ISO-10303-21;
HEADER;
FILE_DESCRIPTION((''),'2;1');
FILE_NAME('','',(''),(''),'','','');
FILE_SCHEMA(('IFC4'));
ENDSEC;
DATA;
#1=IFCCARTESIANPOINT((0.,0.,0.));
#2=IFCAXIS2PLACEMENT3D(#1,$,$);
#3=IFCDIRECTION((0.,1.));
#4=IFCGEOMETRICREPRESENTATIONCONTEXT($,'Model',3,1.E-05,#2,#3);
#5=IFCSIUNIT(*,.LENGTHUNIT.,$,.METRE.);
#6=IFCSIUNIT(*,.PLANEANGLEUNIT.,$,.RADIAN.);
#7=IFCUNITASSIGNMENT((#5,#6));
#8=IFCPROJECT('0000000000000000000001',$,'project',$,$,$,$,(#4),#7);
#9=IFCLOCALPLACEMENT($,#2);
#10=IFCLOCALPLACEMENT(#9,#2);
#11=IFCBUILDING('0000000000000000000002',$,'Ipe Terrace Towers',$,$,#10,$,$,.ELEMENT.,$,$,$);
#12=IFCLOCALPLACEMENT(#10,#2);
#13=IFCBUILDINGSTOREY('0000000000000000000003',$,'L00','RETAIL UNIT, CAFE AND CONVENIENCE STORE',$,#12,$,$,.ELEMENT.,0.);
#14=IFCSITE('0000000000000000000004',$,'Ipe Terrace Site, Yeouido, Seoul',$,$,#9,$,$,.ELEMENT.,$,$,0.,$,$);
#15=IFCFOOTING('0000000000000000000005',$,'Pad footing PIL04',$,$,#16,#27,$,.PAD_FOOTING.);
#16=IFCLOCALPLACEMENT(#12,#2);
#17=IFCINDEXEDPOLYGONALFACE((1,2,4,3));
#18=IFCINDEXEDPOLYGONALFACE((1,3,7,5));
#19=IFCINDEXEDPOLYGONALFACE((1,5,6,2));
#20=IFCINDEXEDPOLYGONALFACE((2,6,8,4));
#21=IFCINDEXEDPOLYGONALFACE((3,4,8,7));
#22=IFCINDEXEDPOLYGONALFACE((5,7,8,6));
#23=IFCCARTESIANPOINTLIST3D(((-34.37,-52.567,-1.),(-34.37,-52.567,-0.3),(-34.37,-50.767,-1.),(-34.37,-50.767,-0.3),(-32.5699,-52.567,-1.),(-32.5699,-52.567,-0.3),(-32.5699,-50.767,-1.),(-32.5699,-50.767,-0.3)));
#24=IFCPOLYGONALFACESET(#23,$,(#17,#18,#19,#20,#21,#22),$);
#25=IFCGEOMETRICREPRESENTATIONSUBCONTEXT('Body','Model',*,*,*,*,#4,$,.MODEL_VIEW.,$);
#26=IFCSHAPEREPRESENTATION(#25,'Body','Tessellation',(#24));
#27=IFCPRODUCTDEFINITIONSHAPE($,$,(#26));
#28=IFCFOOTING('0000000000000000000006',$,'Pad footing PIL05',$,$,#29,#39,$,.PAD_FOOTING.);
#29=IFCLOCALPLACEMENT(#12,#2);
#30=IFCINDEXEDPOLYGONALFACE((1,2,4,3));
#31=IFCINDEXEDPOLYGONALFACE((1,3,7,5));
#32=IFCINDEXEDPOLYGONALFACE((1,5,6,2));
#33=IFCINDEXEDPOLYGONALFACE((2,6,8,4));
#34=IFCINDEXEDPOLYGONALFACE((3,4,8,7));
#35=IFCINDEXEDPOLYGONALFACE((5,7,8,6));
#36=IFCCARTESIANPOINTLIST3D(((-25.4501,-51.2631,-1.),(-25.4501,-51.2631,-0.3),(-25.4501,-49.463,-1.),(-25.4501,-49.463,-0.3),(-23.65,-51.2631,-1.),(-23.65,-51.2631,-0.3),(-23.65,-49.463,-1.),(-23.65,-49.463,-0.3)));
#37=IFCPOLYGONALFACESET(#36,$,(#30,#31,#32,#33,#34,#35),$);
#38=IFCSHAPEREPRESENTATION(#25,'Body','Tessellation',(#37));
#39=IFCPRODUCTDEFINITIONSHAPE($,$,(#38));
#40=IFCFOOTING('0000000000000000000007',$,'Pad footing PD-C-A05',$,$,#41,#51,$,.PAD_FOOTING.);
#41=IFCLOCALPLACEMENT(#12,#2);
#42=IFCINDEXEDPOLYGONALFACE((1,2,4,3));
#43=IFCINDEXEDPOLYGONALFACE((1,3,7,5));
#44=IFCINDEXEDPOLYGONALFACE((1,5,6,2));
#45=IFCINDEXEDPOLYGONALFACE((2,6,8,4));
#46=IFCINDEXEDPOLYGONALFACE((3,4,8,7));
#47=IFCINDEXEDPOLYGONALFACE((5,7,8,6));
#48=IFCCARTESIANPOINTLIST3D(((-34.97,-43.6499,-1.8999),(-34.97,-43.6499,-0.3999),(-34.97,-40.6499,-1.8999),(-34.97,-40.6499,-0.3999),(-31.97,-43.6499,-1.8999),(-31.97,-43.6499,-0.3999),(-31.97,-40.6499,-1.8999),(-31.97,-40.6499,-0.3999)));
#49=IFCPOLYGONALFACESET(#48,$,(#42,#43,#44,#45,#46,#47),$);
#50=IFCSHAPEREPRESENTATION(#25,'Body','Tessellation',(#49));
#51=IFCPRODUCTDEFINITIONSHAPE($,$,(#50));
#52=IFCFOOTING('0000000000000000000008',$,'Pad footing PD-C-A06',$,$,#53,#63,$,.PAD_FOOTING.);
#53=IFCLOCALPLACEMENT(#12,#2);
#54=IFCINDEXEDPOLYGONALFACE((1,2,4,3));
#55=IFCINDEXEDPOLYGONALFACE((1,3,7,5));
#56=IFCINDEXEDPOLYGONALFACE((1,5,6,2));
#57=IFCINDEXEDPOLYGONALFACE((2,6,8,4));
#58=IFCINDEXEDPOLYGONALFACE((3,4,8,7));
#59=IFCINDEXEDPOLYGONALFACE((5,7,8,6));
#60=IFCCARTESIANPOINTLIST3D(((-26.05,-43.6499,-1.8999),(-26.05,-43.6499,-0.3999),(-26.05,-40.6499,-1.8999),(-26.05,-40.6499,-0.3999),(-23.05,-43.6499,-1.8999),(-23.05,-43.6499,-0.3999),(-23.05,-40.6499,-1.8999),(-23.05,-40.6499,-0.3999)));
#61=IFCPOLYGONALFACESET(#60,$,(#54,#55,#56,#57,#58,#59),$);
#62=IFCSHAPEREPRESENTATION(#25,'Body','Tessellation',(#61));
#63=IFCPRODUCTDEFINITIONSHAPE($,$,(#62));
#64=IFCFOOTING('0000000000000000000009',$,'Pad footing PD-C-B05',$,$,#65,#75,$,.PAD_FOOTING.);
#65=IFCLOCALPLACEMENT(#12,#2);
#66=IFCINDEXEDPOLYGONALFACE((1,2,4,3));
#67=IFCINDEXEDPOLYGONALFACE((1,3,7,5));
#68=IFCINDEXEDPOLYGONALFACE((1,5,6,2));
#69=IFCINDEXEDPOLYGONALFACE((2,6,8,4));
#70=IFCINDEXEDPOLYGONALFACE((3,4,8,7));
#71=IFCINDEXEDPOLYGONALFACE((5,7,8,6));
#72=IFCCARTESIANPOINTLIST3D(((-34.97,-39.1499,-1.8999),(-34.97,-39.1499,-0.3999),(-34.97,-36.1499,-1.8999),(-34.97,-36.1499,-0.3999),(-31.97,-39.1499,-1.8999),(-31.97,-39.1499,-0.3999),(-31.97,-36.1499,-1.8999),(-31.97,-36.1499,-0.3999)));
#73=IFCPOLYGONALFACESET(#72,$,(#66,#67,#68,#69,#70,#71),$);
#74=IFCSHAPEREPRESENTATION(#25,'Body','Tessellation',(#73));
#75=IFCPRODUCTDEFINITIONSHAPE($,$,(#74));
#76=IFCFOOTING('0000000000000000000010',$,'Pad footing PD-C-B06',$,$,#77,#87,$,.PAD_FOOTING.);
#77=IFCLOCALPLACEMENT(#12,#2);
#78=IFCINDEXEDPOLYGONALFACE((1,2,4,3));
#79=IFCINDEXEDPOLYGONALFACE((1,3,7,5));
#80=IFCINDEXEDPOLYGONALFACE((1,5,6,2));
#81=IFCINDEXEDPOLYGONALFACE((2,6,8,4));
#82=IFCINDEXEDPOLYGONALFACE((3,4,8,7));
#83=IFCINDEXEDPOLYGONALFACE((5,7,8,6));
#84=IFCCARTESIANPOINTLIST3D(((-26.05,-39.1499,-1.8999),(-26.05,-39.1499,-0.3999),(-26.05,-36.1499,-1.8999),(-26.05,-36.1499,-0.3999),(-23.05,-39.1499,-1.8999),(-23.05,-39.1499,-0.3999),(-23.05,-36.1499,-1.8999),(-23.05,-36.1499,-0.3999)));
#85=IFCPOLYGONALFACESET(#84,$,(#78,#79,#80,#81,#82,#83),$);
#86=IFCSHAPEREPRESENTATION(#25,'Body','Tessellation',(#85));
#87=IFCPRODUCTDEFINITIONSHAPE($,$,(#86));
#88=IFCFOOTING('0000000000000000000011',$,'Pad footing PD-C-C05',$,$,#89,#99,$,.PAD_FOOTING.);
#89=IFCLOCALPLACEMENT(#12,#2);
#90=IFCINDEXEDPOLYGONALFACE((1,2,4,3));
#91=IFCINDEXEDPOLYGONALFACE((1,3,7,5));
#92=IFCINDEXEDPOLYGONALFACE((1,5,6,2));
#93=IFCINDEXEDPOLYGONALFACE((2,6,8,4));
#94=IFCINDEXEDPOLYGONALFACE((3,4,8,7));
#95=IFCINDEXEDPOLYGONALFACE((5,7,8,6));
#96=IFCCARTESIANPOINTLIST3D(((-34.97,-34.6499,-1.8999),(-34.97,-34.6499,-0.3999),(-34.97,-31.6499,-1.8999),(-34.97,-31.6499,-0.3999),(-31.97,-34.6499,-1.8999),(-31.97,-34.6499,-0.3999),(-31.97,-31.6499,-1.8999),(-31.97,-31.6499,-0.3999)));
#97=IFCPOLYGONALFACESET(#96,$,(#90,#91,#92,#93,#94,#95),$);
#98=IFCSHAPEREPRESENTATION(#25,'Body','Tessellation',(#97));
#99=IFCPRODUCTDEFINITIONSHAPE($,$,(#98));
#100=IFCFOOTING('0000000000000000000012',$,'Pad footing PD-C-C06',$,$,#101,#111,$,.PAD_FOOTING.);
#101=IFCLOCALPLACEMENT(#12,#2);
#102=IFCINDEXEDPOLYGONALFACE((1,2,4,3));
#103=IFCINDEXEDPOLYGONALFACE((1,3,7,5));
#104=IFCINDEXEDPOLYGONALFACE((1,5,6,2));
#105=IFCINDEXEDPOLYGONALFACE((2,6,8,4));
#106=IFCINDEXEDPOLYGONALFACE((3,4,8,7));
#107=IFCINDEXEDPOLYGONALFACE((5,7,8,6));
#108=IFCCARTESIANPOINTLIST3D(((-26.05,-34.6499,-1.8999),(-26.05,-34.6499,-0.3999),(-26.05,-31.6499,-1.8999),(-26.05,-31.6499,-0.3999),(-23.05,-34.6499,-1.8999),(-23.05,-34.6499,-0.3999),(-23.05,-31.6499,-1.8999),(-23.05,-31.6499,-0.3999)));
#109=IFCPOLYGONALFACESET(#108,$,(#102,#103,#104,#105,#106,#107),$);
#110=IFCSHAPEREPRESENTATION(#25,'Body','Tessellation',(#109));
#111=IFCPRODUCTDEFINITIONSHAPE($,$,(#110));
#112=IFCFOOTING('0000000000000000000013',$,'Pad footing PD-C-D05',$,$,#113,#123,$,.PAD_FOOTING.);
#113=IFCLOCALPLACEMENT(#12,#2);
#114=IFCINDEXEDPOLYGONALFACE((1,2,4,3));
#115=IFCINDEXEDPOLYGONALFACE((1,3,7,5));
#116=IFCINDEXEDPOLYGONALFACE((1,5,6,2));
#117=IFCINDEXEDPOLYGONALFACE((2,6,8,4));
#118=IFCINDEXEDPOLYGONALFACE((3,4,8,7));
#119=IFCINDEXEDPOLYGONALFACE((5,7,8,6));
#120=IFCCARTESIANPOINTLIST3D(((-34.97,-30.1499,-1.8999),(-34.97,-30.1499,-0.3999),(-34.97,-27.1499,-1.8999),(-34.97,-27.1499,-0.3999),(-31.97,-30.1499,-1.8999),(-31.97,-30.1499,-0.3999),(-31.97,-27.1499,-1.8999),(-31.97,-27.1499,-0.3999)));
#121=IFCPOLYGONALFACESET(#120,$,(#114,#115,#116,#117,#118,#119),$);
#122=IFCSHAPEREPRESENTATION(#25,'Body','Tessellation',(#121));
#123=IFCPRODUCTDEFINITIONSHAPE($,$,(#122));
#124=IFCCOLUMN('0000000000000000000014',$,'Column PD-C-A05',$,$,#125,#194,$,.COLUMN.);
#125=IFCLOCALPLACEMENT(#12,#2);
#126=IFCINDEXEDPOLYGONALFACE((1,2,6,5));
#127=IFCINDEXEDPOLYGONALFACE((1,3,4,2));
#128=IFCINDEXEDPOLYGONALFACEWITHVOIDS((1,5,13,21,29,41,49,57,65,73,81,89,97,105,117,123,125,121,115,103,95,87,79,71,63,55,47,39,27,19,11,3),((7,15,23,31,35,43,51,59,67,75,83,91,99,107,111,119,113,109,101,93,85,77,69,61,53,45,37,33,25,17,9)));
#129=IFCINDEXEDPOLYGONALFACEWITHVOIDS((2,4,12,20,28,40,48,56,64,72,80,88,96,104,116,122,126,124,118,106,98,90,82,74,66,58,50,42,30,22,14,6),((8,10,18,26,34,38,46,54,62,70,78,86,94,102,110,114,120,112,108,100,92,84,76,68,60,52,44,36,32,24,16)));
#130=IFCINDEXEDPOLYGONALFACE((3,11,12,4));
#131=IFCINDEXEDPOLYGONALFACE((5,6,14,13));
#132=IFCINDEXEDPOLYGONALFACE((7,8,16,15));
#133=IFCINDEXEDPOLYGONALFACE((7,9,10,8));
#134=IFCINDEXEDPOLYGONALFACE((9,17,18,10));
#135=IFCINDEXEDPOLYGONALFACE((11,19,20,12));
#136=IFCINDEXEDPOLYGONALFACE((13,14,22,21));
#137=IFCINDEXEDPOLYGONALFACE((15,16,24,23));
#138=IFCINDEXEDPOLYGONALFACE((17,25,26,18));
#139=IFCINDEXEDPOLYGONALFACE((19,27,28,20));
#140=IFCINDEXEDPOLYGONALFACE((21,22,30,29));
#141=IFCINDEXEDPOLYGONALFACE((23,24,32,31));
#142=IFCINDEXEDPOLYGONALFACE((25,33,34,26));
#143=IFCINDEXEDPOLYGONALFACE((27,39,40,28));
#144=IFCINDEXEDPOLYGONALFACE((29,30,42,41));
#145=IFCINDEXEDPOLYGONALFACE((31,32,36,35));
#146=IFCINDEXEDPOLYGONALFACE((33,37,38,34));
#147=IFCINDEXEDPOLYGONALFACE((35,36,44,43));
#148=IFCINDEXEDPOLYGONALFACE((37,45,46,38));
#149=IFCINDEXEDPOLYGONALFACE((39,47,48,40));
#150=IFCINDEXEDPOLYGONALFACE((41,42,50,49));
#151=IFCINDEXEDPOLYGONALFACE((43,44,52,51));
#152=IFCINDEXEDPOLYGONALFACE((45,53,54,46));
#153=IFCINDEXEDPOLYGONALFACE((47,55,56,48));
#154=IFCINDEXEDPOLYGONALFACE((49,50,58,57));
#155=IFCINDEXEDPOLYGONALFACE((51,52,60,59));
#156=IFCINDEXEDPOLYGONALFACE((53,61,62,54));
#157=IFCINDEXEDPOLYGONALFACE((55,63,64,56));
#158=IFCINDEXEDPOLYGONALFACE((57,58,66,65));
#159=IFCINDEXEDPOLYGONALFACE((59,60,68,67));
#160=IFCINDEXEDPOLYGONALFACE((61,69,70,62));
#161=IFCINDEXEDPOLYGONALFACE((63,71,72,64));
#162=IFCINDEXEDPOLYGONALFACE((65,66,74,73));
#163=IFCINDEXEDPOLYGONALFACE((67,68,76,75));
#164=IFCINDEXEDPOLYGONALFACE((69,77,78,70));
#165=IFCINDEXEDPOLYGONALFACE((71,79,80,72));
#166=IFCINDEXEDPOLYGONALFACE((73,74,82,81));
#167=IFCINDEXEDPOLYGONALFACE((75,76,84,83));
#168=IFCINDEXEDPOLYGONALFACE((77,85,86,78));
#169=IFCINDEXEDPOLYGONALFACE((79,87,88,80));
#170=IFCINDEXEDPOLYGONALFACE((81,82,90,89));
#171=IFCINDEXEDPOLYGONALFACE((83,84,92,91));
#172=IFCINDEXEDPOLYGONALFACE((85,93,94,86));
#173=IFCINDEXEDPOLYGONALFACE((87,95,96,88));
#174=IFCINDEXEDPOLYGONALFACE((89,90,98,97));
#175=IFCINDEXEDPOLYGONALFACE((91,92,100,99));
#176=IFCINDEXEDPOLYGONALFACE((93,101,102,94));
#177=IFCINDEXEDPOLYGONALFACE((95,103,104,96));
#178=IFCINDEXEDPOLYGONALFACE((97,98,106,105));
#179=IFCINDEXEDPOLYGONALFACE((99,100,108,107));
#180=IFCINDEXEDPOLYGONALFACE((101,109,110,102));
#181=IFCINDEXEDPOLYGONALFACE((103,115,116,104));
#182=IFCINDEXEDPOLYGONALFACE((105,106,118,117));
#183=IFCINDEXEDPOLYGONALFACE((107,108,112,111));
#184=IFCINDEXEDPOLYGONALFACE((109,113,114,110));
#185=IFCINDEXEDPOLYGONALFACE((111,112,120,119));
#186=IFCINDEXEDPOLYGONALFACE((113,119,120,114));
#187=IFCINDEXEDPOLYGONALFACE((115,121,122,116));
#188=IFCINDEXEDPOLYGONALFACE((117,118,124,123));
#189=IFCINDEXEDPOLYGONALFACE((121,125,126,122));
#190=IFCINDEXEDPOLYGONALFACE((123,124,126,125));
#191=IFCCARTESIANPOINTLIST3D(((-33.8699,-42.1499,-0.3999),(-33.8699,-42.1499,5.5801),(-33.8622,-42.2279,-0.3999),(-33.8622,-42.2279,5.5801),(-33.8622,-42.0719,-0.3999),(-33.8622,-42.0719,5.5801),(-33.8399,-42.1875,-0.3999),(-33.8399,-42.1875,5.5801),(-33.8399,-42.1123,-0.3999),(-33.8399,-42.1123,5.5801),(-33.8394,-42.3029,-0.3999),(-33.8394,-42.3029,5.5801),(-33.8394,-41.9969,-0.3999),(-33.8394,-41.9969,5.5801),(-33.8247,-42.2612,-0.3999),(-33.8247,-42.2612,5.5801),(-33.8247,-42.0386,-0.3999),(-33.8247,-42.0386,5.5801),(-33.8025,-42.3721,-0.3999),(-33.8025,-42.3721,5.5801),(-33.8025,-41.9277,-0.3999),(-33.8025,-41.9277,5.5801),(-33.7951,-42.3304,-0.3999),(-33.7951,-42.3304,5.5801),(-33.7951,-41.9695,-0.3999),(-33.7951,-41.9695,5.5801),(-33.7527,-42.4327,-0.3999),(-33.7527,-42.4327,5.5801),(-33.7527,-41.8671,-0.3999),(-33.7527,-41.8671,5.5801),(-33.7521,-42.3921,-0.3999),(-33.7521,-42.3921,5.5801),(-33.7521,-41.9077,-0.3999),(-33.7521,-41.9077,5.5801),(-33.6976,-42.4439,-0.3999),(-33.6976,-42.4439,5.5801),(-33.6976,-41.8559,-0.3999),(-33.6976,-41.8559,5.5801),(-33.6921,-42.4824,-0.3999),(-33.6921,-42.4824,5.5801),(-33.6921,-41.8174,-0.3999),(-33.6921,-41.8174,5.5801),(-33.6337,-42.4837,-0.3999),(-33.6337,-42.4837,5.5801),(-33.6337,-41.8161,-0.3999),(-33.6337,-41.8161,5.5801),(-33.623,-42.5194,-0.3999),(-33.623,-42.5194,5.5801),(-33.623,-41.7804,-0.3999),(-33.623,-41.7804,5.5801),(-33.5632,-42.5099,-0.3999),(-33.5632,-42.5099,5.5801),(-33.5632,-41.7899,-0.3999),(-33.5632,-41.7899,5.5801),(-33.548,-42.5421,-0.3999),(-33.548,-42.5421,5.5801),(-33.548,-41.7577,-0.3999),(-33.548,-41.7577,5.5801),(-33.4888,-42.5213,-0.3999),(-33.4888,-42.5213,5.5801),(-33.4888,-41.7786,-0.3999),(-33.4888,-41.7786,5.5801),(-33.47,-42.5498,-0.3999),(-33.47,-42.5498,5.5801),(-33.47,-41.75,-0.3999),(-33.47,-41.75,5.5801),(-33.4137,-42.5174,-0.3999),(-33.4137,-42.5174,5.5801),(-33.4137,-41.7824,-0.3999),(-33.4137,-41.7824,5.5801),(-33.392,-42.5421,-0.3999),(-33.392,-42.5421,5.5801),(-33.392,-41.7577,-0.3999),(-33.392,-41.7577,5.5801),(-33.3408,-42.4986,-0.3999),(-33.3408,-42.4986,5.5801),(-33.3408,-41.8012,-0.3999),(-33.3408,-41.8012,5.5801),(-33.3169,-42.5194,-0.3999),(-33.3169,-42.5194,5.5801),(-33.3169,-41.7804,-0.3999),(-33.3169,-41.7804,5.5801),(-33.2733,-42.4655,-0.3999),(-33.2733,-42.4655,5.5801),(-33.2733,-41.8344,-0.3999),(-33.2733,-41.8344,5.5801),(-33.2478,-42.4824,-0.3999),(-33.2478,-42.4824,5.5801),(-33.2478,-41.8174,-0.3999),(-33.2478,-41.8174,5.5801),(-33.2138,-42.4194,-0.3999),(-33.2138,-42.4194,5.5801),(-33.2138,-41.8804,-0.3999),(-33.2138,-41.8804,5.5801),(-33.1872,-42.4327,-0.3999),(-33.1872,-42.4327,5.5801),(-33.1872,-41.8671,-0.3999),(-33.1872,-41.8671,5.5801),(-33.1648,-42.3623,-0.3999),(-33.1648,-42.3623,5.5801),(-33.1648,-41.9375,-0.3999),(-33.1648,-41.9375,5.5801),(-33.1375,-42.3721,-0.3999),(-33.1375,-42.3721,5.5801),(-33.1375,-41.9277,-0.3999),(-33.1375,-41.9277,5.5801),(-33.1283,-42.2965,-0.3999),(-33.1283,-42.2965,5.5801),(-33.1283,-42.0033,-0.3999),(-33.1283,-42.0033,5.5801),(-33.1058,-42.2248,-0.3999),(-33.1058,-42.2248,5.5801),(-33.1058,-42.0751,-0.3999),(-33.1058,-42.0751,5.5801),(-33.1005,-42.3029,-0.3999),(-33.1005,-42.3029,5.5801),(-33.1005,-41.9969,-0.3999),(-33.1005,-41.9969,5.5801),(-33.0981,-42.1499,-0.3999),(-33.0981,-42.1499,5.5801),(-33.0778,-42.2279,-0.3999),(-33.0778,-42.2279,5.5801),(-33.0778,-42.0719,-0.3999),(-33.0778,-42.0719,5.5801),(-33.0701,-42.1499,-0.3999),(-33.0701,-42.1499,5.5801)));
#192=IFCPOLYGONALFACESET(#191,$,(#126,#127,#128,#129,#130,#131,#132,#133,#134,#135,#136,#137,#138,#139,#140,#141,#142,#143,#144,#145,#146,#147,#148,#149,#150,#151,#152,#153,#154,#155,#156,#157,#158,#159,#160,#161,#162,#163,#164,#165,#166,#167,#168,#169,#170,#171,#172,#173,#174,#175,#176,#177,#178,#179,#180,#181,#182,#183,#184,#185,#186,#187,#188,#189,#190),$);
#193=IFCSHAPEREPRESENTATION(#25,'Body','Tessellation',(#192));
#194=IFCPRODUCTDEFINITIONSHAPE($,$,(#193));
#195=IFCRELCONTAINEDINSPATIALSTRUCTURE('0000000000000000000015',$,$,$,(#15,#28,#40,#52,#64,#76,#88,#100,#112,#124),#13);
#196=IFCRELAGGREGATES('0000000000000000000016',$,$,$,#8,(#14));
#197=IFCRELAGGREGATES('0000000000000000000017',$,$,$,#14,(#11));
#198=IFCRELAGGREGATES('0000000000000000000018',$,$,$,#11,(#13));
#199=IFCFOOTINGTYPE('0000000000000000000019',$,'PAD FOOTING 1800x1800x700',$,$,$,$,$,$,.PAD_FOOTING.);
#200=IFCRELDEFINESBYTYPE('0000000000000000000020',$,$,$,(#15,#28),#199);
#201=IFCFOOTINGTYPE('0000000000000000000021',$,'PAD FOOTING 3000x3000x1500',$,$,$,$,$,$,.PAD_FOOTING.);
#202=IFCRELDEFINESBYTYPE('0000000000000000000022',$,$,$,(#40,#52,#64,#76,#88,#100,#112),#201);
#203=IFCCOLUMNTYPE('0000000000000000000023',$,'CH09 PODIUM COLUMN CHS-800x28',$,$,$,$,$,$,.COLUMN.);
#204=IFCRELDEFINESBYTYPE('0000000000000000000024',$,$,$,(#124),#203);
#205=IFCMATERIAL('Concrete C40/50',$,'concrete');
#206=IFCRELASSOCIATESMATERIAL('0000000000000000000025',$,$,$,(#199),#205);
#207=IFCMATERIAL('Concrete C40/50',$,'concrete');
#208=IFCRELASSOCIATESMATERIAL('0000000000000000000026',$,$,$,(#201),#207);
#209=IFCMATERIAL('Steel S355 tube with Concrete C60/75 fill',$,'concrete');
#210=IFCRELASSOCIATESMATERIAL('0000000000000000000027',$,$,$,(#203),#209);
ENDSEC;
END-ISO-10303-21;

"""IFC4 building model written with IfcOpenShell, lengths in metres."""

from ifc_helpers import new_model, si_unit, direction, frame, origin, origin_2d, place, context, subcontext, project, spatial, rectangle, hollow_circle, extrude, material, material_profile, profile_set, type_object, element, save


model = new_model("IFC4")

# Units and contexts
model_context = context("Model", 3, precision=1e-05, world=origin(), true_north=direction((0.0, 1.0)))
body_context = subcontext(model_context, "Body", "Model", "MODEL_VIEW")
ifc_project = project(units=[si_unit("LENGTHUNIT", "METRE"), si_unit("PLANEANGLEUNIT", "RADIAN")], contexts=[model_context])

# Site, building, storey
site_placement = place(None, origin())
site = spatial("IfcSite", under=ifc_project, at=site_placement, Name="Ipe Terrace Site, Yeouido, Seoul", CompositionType="ELEMENT", RefElevation=0.0)
building_placement = place(site_placement, origin())
building = spatial("IfcBuilding", under=site, at=building_placement, Name="Ipe Terrace Towers", CompositionType="ELEMENT")
storey_placement = place(building_placement, origin())
storey = spatial("IfcBuildingStorey", under=building, at=storey_placement, Name="L00", Description="RETAIL UNIT, CAFE AND CONVENIENCE STORE", CompositionType="ELEMENT", Elevation=0.0)

# Footings
ifc_material_1 = material(Name="Concrete C40/50", Category="concrete")
footing_type_1 = type_object("IfcFootingType", Name="PAD FOOTING 1800x1800x700", PredefinedType="PAD_FOOTING", material=ifc_material_1)
for number, where, z_axis, x_axis, name in (
    (1, (-33.47, -51.667, -1.0), (0.0, 0.0, 1.0), (1.0, 0.0, 0.0), "Pad footing PIL04"),
    (2, (-24.55, -50.363, -1.0), (0.0, 0.0, 1.0), (1.0, 0.0, 0.0), "Pad footing PIL05"),
):
    element("IfcFooting", number, at=place(storey_placement, frame(where, z_axis=z_axis, x_axis=x_axis)), inside=storey, type_object=footing_type_1, Name=name, PredefinedType="PAD_FOOTING", context=body_context, shape_type="SweptSolid", body=[
        extrude(rectangle(XDim=1.8, YDim=1.8, at=origin_2d()), origin(), (0.0, 0.0, 1.0), 0.7),
    ])
ifc_material_2 = material(Name="Concrete C40/50", Category="concrete")
footing_type_2 = type_object("IfcFootingType", Name="PAD FOOTING 3000x3000x1500", PredefinedType="PAD_FOOTING", material=ifc_material_2)
for number, where, z_axis, x_axis, name in (
    (3, (-33.47, -42.1499, -1.8999), (0.0, 0.0, 1.0), (1.0, 0.0, 0.0), "Pad footing PD-C-A05"),
    (4, (-24.55, -42.1499, -1.8999), (0.0, 0.0, 1.0), (1.0, 0.0, 0.0), "Pad footing PD-C-A06"),
    (5, (-33.47, -37.6499, -1.8999), (0.0, 0.0, 1.0), (1.0, 0.0, 0.0), "Pad footing PD-C-B05"),
    (6, (-24.55, -37.6499, -1.8999), (0.0, 0.0, 1.0), (1.0, 0.0, 0.0), "Pad footing PD-C-B06"),
    (7, (-33.47, -33.1499, -1.8999), (0.0, 0.0, 1.0), (1.0, 0.0, 0.0), "Pad footing PD-C-C05"),
    (8, (-24.55, -33.1499, -1.8999), (0.0, 0.0, 1.0), (1.0, 0.0, 0.0), "Pad footing PD-C-C06"),
    (9, (-33.47, -28.6499, -1.8999), (0.0, 0.0, 1.0), (1.0, 0.0, 0.0), "Pad footing PD-C-D05"),
):
    element("IfcFooting", number, at=place(storey_placement, frame(where, z_axis=z_axis, x_axis=x_axis)), inside=storey, type_object=footing_type_2, Name=name, PredefinedType="PAD_FOOTING", context=body_context, shape_type="SweptSolid", body=[
        extrude(rectangle(XDim=3.0, YDim=3.0, at=origin_2d()), origin(), (0.0, 0.0, 1.0), 1.5),
    ])

# Column
ifc_material_3 = material(Name="Steel S355 tube with Concrete C60/75 fill", Category="concrete")
ifc_material_profile_1 = material_profile(ifc_material_3, hollow_circle(Radius=0.3999, WallThickness=0.0281, at=origin_2d()), Name="CHS-800x28")
ifc_profile_set_1 = profile_set([ifc_material_profile_1], Name="Steel S355 tube with Concrete C60/75 fill")
column_type_1 = type_object("IfcColumnType", Name="CH09 PODIUM COLUMN CHS-800x28", PredefinedType="COLUMN", material=ifc_profile_set_1)
for number, where, z_axis, x_axis, name in (
    (10, (-33.47, -42.1499, -0.3999), (0.0, 0.0, 1.0), (1.0, 0.0, 0.0), "Column PD-C-A05"),
):
    element("IfcColumn", number, at=place(storey_placement, frame(where, z_axis=z_axis, x_axis=x_axis)), inside=storey, type_object=column_type_1, Name=name, PredefinedType="COLUMN", context=body_context, shape_type="SweptSolid", body=[
        extrude(hollow_circle(Radius=0.3999, WallThickness=0.0281, at=origin_2d()), origin(), (0.0, 0.0, 1.0), 5.98),
    ])

save(model, "model.ifc")
